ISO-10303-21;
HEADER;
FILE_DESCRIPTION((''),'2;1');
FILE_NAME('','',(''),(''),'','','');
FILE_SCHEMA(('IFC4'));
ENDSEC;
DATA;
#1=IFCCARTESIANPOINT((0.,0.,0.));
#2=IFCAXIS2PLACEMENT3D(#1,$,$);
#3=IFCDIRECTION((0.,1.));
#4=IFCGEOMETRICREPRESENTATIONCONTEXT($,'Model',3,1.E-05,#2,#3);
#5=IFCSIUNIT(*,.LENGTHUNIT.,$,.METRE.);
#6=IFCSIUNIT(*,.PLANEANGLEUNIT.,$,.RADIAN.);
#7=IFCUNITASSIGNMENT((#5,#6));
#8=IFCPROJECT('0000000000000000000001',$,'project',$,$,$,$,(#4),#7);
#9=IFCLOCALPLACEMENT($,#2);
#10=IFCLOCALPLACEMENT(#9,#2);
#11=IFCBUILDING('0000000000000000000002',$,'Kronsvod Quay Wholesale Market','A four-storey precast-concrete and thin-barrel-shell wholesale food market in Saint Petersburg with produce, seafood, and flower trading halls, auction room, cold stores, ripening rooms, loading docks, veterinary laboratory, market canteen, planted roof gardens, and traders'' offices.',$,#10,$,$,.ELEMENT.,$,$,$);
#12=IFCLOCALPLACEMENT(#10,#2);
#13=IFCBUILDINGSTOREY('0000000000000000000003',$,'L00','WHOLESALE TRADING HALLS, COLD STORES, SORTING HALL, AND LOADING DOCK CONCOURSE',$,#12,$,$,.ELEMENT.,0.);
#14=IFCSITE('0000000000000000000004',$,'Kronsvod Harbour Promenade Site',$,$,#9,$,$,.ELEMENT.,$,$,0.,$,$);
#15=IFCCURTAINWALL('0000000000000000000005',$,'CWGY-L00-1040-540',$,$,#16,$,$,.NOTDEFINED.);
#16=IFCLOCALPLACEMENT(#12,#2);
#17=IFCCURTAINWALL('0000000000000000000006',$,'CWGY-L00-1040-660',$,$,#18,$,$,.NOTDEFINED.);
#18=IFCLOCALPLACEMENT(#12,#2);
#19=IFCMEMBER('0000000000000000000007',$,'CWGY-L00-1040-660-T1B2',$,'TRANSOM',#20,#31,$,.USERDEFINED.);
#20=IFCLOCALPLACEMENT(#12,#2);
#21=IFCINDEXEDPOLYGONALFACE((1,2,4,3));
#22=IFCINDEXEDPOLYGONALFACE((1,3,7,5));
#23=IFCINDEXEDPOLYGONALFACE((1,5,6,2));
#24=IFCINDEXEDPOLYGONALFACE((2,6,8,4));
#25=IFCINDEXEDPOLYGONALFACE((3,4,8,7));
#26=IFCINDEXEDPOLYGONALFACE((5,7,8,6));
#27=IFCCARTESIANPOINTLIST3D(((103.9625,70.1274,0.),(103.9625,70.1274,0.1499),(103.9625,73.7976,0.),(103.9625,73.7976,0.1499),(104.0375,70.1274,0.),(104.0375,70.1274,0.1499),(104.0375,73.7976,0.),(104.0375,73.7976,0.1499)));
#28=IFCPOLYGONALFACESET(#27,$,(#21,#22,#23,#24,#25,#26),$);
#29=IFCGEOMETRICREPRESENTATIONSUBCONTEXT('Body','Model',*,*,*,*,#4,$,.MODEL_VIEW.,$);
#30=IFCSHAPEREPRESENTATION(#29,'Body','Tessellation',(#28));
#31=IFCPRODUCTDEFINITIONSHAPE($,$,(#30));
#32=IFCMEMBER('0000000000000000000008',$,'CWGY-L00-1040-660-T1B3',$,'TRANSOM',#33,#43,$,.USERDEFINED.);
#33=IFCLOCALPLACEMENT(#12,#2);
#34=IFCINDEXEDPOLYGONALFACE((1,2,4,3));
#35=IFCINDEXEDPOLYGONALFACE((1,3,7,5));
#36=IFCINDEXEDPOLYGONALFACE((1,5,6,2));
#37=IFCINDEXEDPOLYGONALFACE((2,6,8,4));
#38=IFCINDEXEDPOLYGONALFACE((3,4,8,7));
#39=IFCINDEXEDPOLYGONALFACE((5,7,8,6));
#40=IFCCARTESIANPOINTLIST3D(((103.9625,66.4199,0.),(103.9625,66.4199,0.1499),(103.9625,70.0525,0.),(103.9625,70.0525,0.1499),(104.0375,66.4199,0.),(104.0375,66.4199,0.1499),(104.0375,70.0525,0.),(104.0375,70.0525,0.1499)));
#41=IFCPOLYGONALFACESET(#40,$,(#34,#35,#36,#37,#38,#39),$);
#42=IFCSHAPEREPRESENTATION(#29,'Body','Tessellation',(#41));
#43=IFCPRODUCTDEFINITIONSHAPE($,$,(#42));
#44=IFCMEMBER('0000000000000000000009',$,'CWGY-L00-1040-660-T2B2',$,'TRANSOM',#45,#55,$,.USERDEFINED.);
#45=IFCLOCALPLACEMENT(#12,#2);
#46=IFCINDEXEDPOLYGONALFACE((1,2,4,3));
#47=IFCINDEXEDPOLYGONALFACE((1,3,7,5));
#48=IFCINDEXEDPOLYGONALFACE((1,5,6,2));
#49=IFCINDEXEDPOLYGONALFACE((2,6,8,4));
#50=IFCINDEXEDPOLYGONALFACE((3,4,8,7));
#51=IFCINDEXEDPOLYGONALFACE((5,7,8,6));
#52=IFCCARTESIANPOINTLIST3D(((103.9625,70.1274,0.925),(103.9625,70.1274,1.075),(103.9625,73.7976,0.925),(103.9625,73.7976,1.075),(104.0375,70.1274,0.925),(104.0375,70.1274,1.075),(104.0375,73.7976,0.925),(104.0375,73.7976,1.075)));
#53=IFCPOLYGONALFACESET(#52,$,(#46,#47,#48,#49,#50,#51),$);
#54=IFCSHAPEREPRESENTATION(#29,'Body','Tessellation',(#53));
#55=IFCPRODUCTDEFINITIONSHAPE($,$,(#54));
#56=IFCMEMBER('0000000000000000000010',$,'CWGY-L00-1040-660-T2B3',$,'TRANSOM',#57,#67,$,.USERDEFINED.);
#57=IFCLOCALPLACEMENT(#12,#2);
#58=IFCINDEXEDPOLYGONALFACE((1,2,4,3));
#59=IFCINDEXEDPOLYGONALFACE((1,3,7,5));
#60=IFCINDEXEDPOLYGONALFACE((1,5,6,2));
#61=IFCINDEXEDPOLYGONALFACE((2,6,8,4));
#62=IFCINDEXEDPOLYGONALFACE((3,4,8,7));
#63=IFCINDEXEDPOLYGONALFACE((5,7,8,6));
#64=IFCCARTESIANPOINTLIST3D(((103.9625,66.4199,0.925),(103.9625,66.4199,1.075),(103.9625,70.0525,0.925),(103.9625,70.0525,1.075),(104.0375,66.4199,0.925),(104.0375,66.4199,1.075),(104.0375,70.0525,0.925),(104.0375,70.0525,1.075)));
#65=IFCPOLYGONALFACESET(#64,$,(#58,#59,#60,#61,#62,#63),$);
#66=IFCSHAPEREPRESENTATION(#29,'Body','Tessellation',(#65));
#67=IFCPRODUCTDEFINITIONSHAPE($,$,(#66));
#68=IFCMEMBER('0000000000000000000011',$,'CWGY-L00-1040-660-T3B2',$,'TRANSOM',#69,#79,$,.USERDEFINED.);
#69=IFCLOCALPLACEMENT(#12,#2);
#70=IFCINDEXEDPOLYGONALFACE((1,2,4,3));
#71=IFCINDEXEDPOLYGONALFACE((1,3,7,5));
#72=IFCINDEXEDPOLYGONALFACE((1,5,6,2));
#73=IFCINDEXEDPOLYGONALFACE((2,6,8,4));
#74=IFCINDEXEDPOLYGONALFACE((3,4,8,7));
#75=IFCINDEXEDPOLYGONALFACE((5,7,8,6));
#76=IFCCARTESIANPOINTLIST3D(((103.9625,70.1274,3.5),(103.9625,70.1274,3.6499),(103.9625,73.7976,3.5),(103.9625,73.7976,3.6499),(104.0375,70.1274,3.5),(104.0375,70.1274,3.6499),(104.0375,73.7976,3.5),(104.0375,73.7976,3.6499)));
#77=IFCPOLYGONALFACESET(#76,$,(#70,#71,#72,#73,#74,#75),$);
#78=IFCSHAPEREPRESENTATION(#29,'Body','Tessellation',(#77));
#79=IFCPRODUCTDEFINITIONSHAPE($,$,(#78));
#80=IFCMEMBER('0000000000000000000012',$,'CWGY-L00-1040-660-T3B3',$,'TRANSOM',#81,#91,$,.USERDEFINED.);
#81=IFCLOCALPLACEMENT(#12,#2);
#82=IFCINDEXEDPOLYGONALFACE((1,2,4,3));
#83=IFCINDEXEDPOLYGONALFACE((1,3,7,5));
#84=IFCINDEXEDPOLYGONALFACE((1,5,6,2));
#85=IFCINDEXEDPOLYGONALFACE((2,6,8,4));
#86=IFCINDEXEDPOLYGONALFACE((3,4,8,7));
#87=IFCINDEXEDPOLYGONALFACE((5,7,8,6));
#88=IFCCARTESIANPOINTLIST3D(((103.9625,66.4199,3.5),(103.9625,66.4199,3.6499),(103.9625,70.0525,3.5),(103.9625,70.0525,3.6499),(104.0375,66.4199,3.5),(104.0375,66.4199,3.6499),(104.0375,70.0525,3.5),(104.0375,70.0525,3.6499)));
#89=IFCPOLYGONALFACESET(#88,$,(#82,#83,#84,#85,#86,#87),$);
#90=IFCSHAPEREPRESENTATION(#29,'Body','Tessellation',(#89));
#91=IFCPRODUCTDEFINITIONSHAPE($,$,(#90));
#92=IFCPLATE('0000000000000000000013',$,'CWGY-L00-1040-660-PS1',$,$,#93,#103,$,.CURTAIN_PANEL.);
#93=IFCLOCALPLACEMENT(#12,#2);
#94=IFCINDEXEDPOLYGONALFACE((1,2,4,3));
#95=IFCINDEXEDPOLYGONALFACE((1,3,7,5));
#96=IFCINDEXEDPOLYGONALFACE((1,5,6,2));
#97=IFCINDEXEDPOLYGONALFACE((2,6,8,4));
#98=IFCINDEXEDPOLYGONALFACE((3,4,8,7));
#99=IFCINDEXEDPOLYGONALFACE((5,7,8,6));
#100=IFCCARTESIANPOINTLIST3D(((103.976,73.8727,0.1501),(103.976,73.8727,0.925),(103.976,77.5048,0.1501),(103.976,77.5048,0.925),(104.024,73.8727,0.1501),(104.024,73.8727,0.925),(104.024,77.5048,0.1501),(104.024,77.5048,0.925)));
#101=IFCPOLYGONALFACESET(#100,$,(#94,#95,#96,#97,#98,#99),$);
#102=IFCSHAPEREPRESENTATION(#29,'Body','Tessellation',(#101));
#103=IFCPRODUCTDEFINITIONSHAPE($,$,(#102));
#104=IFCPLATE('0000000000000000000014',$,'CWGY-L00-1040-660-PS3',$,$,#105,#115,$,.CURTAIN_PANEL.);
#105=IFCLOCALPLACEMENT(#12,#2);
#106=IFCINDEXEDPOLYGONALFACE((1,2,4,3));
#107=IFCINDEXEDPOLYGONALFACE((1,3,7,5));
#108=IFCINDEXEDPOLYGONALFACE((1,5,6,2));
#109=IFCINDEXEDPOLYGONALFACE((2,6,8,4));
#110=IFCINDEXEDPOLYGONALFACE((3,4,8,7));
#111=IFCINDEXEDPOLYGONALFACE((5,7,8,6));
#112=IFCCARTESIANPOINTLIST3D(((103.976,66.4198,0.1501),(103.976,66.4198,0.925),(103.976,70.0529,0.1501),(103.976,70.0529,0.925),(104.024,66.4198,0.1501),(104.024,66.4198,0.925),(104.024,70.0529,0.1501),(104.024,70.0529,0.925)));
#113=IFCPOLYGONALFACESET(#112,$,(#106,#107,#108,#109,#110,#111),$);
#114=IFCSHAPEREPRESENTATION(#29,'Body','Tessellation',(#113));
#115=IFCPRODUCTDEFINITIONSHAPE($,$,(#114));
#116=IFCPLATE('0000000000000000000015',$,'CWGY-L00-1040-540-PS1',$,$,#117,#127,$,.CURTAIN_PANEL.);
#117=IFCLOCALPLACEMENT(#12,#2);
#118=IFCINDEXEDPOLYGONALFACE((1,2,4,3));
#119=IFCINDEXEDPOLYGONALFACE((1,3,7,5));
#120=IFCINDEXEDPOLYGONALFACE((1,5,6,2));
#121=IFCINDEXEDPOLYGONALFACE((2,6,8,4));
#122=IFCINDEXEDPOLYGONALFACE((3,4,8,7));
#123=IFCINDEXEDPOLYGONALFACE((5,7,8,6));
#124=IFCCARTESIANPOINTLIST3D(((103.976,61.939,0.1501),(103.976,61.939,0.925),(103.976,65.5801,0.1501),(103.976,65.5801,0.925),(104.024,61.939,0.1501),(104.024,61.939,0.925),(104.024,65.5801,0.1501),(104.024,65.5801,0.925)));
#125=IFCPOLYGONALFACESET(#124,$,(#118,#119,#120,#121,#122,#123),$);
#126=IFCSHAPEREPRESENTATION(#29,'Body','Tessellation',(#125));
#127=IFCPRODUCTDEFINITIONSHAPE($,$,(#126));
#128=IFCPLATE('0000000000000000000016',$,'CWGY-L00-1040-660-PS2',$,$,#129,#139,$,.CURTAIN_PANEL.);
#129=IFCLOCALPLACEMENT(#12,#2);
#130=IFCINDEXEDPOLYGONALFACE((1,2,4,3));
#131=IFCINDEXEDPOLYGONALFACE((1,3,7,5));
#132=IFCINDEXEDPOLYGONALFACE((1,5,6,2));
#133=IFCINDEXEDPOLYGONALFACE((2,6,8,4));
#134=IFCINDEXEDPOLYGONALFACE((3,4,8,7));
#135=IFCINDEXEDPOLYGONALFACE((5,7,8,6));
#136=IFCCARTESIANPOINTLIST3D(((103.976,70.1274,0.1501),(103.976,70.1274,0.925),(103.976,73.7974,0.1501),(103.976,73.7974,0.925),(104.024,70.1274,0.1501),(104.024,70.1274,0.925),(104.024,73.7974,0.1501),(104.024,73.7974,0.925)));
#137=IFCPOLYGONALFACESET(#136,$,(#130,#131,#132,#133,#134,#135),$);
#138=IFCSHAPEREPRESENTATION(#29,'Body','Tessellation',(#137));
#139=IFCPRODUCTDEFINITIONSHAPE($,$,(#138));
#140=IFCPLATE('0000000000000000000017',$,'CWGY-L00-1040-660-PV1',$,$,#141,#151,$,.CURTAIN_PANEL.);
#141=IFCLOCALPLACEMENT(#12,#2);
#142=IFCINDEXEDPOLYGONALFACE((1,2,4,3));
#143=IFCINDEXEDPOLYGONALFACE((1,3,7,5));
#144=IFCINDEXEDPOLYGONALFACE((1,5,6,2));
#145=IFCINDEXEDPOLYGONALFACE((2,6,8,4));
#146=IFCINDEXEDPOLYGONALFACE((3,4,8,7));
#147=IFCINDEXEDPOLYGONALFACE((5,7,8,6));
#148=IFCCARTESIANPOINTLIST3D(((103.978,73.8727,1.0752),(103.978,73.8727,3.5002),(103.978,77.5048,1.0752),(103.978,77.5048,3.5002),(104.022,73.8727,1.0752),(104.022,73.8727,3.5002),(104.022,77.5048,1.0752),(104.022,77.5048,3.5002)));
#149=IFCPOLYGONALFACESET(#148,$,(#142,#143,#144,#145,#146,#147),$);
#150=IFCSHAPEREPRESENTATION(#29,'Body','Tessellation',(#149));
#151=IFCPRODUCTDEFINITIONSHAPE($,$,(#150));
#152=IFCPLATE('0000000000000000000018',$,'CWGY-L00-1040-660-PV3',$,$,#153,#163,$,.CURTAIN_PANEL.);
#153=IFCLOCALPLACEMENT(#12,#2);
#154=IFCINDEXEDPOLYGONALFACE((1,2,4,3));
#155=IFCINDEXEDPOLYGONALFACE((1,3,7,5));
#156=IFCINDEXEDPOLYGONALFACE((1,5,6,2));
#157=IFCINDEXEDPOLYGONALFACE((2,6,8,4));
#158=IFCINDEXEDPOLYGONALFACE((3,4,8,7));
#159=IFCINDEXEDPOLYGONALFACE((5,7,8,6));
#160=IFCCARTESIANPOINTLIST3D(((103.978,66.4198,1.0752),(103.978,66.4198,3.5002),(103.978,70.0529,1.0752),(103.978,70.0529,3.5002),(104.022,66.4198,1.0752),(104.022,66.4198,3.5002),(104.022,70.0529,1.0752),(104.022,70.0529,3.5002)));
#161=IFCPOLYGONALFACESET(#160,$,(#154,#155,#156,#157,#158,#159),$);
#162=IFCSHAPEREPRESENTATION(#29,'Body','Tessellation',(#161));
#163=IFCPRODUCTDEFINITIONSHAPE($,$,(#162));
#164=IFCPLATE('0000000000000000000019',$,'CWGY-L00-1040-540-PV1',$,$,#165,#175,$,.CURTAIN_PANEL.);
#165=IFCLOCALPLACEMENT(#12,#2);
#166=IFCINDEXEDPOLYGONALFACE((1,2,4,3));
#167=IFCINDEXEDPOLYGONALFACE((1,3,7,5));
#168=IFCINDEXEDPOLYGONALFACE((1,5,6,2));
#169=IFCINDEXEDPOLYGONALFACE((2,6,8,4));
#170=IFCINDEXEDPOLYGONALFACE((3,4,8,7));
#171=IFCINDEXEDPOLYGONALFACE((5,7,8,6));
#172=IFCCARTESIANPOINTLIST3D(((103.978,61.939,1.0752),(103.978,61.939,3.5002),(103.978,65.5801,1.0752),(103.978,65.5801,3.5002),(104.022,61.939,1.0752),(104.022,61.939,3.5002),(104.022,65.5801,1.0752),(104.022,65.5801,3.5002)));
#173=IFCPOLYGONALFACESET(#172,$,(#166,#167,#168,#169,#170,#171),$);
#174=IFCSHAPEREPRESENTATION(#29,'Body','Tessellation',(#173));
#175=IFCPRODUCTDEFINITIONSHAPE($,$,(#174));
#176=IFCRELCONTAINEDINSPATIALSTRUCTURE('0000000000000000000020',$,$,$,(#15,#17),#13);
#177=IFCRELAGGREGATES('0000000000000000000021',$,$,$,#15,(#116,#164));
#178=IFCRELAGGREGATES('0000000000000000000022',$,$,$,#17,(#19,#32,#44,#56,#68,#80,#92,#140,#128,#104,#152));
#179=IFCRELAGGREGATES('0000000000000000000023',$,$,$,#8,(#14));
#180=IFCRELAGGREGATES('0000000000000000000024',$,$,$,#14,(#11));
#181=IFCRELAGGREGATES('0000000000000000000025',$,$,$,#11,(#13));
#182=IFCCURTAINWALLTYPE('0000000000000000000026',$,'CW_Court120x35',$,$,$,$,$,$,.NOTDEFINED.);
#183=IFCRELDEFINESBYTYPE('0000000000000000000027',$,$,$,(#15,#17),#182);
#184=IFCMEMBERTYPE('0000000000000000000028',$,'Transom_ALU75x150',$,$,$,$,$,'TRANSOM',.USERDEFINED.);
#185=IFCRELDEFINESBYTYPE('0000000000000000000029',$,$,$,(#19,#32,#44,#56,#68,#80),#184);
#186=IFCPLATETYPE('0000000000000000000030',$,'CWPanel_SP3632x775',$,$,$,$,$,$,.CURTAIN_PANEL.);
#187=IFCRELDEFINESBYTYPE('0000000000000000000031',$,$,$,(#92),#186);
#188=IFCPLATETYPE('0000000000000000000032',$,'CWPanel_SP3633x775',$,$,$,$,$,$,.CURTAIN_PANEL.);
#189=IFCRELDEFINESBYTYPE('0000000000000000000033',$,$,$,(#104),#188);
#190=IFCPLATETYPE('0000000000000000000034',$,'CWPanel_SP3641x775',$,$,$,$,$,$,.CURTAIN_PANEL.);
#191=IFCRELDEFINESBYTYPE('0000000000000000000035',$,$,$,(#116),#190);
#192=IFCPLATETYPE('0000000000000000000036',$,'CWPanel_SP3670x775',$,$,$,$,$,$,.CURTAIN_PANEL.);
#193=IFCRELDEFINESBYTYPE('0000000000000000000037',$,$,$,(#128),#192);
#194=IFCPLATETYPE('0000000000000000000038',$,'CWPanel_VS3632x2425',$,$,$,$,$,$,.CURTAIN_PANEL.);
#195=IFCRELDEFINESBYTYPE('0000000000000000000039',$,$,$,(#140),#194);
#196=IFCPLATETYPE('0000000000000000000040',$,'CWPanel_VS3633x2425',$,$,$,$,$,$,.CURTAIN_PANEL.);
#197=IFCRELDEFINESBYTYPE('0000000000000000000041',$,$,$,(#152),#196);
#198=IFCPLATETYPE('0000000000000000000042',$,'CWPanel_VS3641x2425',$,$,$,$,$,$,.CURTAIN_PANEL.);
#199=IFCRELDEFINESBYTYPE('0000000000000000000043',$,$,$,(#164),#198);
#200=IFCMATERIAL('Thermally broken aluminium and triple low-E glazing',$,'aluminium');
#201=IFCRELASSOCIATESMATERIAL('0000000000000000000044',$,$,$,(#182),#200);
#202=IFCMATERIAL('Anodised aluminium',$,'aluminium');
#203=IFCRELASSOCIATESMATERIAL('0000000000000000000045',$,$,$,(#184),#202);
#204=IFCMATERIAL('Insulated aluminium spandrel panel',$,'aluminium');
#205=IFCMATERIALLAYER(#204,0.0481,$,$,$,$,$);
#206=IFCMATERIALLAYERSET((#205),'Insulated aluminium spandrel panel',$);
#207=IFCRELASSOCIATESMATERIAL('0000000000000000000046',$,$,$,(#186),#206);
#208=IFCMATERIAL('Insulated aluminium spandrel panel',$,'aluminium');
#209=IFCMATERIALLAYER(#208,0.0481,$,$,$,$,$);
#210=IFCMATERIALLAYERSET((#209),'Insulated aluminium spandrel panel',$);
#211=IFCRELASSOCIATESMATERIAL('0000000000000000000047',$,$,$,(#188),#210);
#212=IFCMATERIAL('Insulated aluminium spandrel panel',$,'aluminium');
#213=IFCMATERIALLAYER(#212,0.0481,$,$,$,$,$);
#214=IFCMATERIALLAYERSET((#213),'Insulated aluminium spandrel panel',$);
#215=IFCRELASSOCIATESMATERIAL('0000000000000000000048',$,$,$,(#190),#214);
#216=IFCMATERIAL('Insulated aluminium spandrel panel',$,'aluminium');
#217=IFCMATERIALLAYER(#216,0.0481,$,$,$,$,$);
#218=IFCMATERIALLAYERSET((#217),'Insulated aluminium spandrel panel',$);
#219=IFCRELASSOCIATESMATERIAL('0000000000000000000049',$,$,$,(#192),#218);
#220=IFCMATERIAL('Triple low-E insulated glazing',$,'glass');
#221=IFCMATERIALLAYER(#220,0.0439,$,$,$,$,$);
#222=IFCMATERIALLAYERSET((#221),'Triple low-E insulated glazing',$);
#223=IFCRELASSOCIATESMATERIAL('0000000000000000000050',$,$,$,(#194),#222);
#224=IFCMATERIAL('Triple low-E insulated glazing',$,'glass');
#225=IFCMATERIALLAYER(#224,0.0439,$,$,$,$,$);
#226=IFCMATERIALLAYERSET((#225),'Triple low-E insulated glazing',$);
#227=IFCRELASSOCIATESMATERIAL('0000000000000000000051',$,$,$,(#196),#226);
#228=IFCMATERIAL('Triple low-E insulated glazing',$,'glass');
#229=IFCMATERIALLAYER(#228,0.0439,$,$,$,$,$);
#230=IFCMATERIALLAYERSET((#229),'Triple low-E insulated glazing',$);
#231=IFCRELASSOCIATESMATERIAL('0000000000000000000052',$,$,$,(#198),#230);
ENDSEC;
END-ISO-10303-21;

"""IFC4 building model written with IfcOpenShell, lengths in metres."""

from ifc_helpers import new_model, si_unit, direction, frame, origin, origin_2d, place, context, subcontext, project, spatial, rectangle, extrude, material, layer, layer_set, material_profile, profile_set, type_object, element, aggregate, save


model = new_model("IFC4")

# Units and contexts
model_context = context("Model", 3, precision=1e-05, world=origin(), true_north=direction((0.0, 1.0)))
body_context = subcontext(model_context, "Body", "Model", "MODEL_VIEW")
ifc_project = project(units=[si_unit("LENGTHUNIT", "METRE"), si_unit("PLANEANGLEUNIT", "RADIAN")], contexts=[model_context])

# Site, building, storey
site_placement = place(None, origin())
site = spatial("IfcSite", under=ifc_project, at=site_placement, Name="Kronsvod Harbour Promenade Site", CompositionType="ELEMENT", RefElevation=0.0)
building_placement = place(site_placement, origin())
building = spatial("IfcBuilding", under=site, at=building_placement, Name="Kronsvod Quay Wholesale Market", Description="A four-storey precast-concrete and thin-barrel-shell wholesale food market in Saint Petersburg with produce, seafood, and flower trading halls, auction room, cold stores, ripening rooms, loading docks, veterinary laboratory, market canteen, planted roof gardens, and traders' offices.", CompositionType="ELEMENT")
storey_placement = place(building_placement, origin())
storey = spatial("IfcBuildingStorey", under=building, at=storey_placement, Name="L00", Description="WHOLESALE TRADING HALLS, COLD STORES, SORTING HALL, AND LOADING DOCK CONCOURSE", CompositionType="ELEMENT", Elevation=0.0)

# Curtain wall
ifc_material_1 = material(Name="Thermally broken aluminium and triple low-E glazing", Category="aluminium")
curtain_wall_type = type_object("IfcCurtainWallType", Name="CW_Court120x35", PredefinedType="NOTDEFINED", material=ifc_material_1)
curtain_wall_1_placement = place(storey_placement, origin())
curtain_wall_1 = element("IfcCurtainWall", 1, at=curtain_wall_1_placement, inside=storey, type_object=curtain_wall_type, Name="CWGY-L00-1040-540", PredefinedType="NOTDEFINED")

# Curtain wall
curtain_wall_2_placement = place(storey_placement, origin())
curtain_wall_2 = element("IfcCurtainWall", 2, at=curtain_wall_2_placement, inside=storey, type_object=curtain_wall_type, Name="CWGY-L00-1040-660", PredefinedType="NOTDEFINED")

# Members
ifc_material_2 = material(Name="Anodised aluminium", Category="aluminium")
ifc_material_profile_1 = material_profile(ifc_material_2, rectangle(XDim=0.075, YDim=0.1499, at=origin_2d()), Name="ALUT75x150")
ifc_profile_set_1 = profile_set([ifc_material_profile_1], Name="Anodised aluminium")
member_type_1 = type_object("IfcMemberType", Name="Transom_ALU75x150", ElementType="TRANSOM", PredefinedType="USERDEFINED", material=ifc_profile_set_1)
member_1_placement = place(storey_placement, frame((104.0, 73.7976, 0.075), z_axis=(0.0, -1.0, 0.0), x_axis=(1.0, 0.0, 0.0)))
member_1 = element("IfcMember", 3, at=member_1_placement, type_object=member_type_1, Name="CWGY-L00-1040-660-T1B2", ObjectType="TRANSOM", PredefinedType="USERDEFINED", context=body_context, shape_type="SweptSolid", body=[
    extrude(rectangle(XDim=0.075, YDim=0.1499, at=origin_2d()), origin(), (0.0, 0.0, 1.0), 3.6702),
])
member_2_placement = place(storey_placement, frame((104.0, 70.0525, 0.075), z_axis=(0.0, -1.0, 0.0), x_axis=(1.0, 0.0, 0.0)))
member_2 = element("IfcMember", 4, at=member_2_placement, type_object=member_type_1, Name="CWGY-L00-1040-660-T1B3", ObjectType="TRANSOM", PredefinedType="USERDEFINED", context=body_context, shape_type="SweptSolid", body=[
    extrude(rectangle(XDim=0.075, YDim=0.1499, at=origin_2d()), origin(), (0.0, 0.0, 1.0), 3.6326),
])
member_3_placement = place(storey_placement, frame((104.0, 73.7976, 1.0), z_axis=(0.0, -1.0, 0.0), x_axis=(1.0, 0.0, 0.0)))
member_3 = element("IfcMember", 5, at=member_3_placement, type_object=member_type_1, Name="CWGY-L00-1040-660-T2B2", ObjectType="TRANSOM", PredefinedType="USERDEFINED", context=body_context, shape_type="SweptSolid", body=[
    extrude(rectangle(XDim=0.075, YDim=0.1499, at=origin_2d()), origin(), (0.0, 0.0, 1.0), 3.6702),
])
member_4_placement = place(storey_placement, frame((104.0, 70.0525, 1.0), z_axis=(0.0, -1.0, 0.0), x_axis=(1.0, 0.0, 0.0)))
member_4 = element("IfcMember", 6, at=member_4_placement, type_object=member_type_1, Name="CWGY-L00-1040-660-T2B3", ObjectType="TRANSOM", PredefinedType="USERDEFINED", context=body_context, shape_type="SweptSolid", body=[
    extrude(rectangle(XDim=0.075, YDim=0.1499, at=origin_2d()), origin(), (0.0, 0.0, 1.0), 3.6326),
])
member_5_placement = place(storey_placement, frame((104.0, 73.7976, 3.575), z_axis=(0.0, -1.0, 0.0), x_axis=(1.0, 0.0, 0.0)))
member_5 = element("IfcMember", 7, at=member_5_placement, type_object=member_type_1, Name="CWGY-L00-1040-660-T3B2", ObjectType="TRANSOM", PredefinedType="USERDEFINED", context=body_context, shape_type="SweptSolid", body=[
    extrude(rectangle(XDim=0.075, YDim=0.1499, at=origin_2d()), origin(), (0.0, 0.0, 1.0), 3.6702),
])
member_6_placement = place(storey_placement, frame((104.0, 70.0525, 3.575), z_axis=(0.0, -1.0, 0.0), x_axis=(1.0, 0.0, 0.0)))
member_6 = element("IfcMember", 8, at=member_6_placement, type_object=member_type_1, Name="CWGY-L00-1040-660-T3B3", ObjectType="TRANSOM", PredefinedType="USERDEFINED", context=body_context, shape_type="SweptSolid", body=[
    extrude(rectangle(XDim=0.075, YDim=0.1499, at=origin_2d()), origin(), (0.0, 0.0, 1.0), 3.6326),
])

# Plates
ifc_material_3 = material(Name="Insulated aluminium spandrel panel", Category="aluminium")
ifc_layer_1 = layer(ifc_material_3, 0.0481)
ifc_layer_set_1 = layer_set([ifc_layer_1], Name="Insulated aluminium spandrel panel")
plate_type_1 = type_object("IfcPlateType", Name="CWPanel_SP3632x775", PredefinedType="CURTAIN_PANEL", material=ifc_layer_set_1)
plate_1_placement = place(storey_placement, frame((104.0, 75.6887, 0.1501), z_axis=(0.0, 0.0, 1.0), x_axis=(0.0, -1.0, 0.0)))
plate_1 = element("IfcPlate", 9, at=plate_1_placement, type_object=plate_type_1, Name="CWGY-L00-1040-660-PS1", PredefinedType="CURTAIN_PANEL", context=body_context, shape_type="SweptSolid", body=[
    extrude(rectangle(XDim=3.6321, YDim=0.0481, at=origin_2d()), origin(), (0.0, 0.0, 1.0), 0.7749),
])
ifc_material_4 = material(Name="Insulated aluminium spandrel panel", Category="aluminium")
ifc_layer_2 = layer(ifc_material_4, 0.0481)
ifc_layer_set_2 = layer_set([ifc_layer_2], Name="Insulated aluminium spandrel panel")
plate_type_2 = type_object("IfcPlateType", Name="CWPanel_SP3633x775", PredefinedType="CURTAIN_PANEL", material=ifc_layer_set_2)
plate_2_placement = place(storey_placement, frame((104.0, 68.2363, 0.1501), z_axis=(0.0, 0.0, 1.0), x_axis=(0.0, -1.0, 0.0)))
plate_2 = element("IfcPlate", 10, at=plate_2_placement, type_object=plate_type_2, Name="CWGY-L00-1040-660-PS3", PredefinedType="CURTAIN_PANEL", context=body_context, shape_type="SweptSolid", body=[
    extrude(rectangle(XDim=3.6331, YDim=0.0481, at=origin_2d()), origin(), (0.0, 0.0, 1.0), 0.7749),
])
ifc_material_5 = material(Name="Insulated aluminium spandrel panel", Category="aluminium")
ifc_layer_3 = layer(ifc_material_5, 0.0481)
ifc_layer_set_3 = layer_set([ifc_layer_3], Name="Insulated aluminium spandrel panel")
plate_type_3 = type_object("IfcPlateType", Name="CWPanel_SP3641x775", PredefinedType="CURTAIN_PANEL", material=ifc_layer_set_3)
plate_3_placement = place(storey_placement, frame((104.0, 63.7595, 0.1501), z_axis=(0.0, 0.0, 1.0), x_axis=(0.0, -1.0, 0.0)))
plate_3 = element("IfcPlate", 11, at=plate_3_placement, type_object=plate_type_3, Name="CWGY-L00-1040-540-PS1", PredefinedType="CURTAIN_PANEL", context=body_context, shape_type="SweptSolid", body=[
    extrude(rectangle(XDim=3.6411, YDim=0.0481, at=origin_2d()), origin(), (0.0, 0.0, 1.0), 0.7749),
])
ifc_material_6 = material(Name="Insulated aluminium spandrel panel", Category="aluminium")
ifc_layer_4 = layer(ifc_material_6, 0.0481)
ifc_layer_set_4 = layer_set([ifc_layer_4], Name="Insulated aluminium spandrel panel")
plate_type_4 = type_object("IfcPlateType", Name="CWPanel_SP3670x775", PredefinedType="CURTAIN_PANEL", material=ifc_layer_set_4)
plate_4_placement = place(storey_placement, frame((104.0, 71.9624, 0.1501), z_axis=(0.0, 0.0, 1.0), x_axis=(0.0, -1.0, 0.0)))
plate_4 = element("IfcPlate", 12, at=plate_4_placement, type_object=plate_type_4, Name="CWGY-L00-1040-660-PS2", PredefinedType="CURTAIN_PANEL", context=body_context, shape_type="SweptSolid", body=[
    extrude(rectangle(XDim=3.6699, YDim=0.0481, at=origin_2d()), origin(), (0.0, 0.0, 1.0), 0.7749),
])
ifc_material_7 = material(Name="Triple low-E insulated glazing", Category="glass")
ifc_layer_5 = layer(ifc_material_7, 0.0439)
ifc_layer_set_5 = layer_set([ifc_layer_5], Name="Triple low-E insulated glazing")
plate_type_5 = type_object("IfcPlateType", Name="CWPanel_VS3632x2425", PredefinedType="CURTAIN_PANEL", material=ifc_layer_set_5)
plate_5_placement = place(storey_placement, frame((104.0, 75.6887, 1.0752), z_axis=(0.0, 0.0, 1.0), x_axis=(0.0, -1.0, 0.0)))
plate_5 = element("IfcPlate", 13, at=plate_5_placement, type_object=plate_type_5, Name="CWGY-L00-1040-660-PV1", PredefinedType="CURTAIN_PANEL", context=body_context, shape_type="SweptSolid", body=[
    extrude(rectangle(XDim=3.6321, YDim=0.0439, at=origin_2d()), origin(), (0.0, 0.0, 1.0), 2.425),
])
ifc_material_8 = material(Name="Triple low-E insulated glazing", Category="glass")
ifc_layer_6 = layer(ifc_material_8, 0.0439)
ifc_layer_set_6 = layer_set([ifc_layer_6], Name="Triple low-E insulated glazing")
plate_type_6 = type_object("IfcPlateType", Name="CWPanel_VS3633x2425", PredefinedType="CURTAIN_PANEL", material=ifc_layer_set_6)
plate_6_placement = place(storey_placement, frame((104.0, 68.2363, 1.0752), z_axis=(0.0, 0.0, 1.0), x_axis=(0.0, -1.0, 0.0)))
plate_6 = element("IfcPlate", 14, at=plate_6_placement, type_object=plate_type_6, Name="CWGY-L00-1040-660-PV3", PredefinedType="CURTAIN_PANEL", context=body_context, shape_type="SweptSolid", body=[
    extrude(rectangle(XDim=3.6331, YDim=0.0439, at=origin_2d()), origin(), (0.0, 0.0, 1.0), 2.425),
])
ifc_material_9 = material(Name="Triple low-E insulated glazing", Category="glass")
ifc_layer_7 = layer(ifc_material_9, 0.0439)
ifc_layer_set_7 = layer_set([ifc_layer_7], Name="Triple low-E insulated glazing")
plate_type_7 = type_object("IfcPlateType", Name="CWPanel_VS3641x2425", PredefinedType="CURTAIN_PANEL", material=ifc_layer_set_7)
plate_7_placement = place(storey_placement, frame((104.0, 63.7595, 1.0752), z_axis=(0.0, 0.0, 1.0), x_axis=(0.0, -1.0, 0.0)))
plate_7 = element("IfcPlate", 15, at=plate_7_placement, type_object=plate_type_7, Name="CWGY-L00-1040-540-PV1", PredefinedType="CURTAIN_PANEL", context=body_context, shape_type="SweptSolid", body=[
    extrude(rectangle(XDim=3.6411, YDim=0.0439, at=origin_2d()), origin(), (0.0, 0.0, 1.0), 2.425),
])
aggregate(curtain_wall_1, [plate_3, plate_7])
aggregate(curtain_wall_2, [member_1, member_2, member_3, member_4, member_5, member_6, plate_1, plate_5, plate_4, plate_2, plate_6])

save(model, "model.ifc")
